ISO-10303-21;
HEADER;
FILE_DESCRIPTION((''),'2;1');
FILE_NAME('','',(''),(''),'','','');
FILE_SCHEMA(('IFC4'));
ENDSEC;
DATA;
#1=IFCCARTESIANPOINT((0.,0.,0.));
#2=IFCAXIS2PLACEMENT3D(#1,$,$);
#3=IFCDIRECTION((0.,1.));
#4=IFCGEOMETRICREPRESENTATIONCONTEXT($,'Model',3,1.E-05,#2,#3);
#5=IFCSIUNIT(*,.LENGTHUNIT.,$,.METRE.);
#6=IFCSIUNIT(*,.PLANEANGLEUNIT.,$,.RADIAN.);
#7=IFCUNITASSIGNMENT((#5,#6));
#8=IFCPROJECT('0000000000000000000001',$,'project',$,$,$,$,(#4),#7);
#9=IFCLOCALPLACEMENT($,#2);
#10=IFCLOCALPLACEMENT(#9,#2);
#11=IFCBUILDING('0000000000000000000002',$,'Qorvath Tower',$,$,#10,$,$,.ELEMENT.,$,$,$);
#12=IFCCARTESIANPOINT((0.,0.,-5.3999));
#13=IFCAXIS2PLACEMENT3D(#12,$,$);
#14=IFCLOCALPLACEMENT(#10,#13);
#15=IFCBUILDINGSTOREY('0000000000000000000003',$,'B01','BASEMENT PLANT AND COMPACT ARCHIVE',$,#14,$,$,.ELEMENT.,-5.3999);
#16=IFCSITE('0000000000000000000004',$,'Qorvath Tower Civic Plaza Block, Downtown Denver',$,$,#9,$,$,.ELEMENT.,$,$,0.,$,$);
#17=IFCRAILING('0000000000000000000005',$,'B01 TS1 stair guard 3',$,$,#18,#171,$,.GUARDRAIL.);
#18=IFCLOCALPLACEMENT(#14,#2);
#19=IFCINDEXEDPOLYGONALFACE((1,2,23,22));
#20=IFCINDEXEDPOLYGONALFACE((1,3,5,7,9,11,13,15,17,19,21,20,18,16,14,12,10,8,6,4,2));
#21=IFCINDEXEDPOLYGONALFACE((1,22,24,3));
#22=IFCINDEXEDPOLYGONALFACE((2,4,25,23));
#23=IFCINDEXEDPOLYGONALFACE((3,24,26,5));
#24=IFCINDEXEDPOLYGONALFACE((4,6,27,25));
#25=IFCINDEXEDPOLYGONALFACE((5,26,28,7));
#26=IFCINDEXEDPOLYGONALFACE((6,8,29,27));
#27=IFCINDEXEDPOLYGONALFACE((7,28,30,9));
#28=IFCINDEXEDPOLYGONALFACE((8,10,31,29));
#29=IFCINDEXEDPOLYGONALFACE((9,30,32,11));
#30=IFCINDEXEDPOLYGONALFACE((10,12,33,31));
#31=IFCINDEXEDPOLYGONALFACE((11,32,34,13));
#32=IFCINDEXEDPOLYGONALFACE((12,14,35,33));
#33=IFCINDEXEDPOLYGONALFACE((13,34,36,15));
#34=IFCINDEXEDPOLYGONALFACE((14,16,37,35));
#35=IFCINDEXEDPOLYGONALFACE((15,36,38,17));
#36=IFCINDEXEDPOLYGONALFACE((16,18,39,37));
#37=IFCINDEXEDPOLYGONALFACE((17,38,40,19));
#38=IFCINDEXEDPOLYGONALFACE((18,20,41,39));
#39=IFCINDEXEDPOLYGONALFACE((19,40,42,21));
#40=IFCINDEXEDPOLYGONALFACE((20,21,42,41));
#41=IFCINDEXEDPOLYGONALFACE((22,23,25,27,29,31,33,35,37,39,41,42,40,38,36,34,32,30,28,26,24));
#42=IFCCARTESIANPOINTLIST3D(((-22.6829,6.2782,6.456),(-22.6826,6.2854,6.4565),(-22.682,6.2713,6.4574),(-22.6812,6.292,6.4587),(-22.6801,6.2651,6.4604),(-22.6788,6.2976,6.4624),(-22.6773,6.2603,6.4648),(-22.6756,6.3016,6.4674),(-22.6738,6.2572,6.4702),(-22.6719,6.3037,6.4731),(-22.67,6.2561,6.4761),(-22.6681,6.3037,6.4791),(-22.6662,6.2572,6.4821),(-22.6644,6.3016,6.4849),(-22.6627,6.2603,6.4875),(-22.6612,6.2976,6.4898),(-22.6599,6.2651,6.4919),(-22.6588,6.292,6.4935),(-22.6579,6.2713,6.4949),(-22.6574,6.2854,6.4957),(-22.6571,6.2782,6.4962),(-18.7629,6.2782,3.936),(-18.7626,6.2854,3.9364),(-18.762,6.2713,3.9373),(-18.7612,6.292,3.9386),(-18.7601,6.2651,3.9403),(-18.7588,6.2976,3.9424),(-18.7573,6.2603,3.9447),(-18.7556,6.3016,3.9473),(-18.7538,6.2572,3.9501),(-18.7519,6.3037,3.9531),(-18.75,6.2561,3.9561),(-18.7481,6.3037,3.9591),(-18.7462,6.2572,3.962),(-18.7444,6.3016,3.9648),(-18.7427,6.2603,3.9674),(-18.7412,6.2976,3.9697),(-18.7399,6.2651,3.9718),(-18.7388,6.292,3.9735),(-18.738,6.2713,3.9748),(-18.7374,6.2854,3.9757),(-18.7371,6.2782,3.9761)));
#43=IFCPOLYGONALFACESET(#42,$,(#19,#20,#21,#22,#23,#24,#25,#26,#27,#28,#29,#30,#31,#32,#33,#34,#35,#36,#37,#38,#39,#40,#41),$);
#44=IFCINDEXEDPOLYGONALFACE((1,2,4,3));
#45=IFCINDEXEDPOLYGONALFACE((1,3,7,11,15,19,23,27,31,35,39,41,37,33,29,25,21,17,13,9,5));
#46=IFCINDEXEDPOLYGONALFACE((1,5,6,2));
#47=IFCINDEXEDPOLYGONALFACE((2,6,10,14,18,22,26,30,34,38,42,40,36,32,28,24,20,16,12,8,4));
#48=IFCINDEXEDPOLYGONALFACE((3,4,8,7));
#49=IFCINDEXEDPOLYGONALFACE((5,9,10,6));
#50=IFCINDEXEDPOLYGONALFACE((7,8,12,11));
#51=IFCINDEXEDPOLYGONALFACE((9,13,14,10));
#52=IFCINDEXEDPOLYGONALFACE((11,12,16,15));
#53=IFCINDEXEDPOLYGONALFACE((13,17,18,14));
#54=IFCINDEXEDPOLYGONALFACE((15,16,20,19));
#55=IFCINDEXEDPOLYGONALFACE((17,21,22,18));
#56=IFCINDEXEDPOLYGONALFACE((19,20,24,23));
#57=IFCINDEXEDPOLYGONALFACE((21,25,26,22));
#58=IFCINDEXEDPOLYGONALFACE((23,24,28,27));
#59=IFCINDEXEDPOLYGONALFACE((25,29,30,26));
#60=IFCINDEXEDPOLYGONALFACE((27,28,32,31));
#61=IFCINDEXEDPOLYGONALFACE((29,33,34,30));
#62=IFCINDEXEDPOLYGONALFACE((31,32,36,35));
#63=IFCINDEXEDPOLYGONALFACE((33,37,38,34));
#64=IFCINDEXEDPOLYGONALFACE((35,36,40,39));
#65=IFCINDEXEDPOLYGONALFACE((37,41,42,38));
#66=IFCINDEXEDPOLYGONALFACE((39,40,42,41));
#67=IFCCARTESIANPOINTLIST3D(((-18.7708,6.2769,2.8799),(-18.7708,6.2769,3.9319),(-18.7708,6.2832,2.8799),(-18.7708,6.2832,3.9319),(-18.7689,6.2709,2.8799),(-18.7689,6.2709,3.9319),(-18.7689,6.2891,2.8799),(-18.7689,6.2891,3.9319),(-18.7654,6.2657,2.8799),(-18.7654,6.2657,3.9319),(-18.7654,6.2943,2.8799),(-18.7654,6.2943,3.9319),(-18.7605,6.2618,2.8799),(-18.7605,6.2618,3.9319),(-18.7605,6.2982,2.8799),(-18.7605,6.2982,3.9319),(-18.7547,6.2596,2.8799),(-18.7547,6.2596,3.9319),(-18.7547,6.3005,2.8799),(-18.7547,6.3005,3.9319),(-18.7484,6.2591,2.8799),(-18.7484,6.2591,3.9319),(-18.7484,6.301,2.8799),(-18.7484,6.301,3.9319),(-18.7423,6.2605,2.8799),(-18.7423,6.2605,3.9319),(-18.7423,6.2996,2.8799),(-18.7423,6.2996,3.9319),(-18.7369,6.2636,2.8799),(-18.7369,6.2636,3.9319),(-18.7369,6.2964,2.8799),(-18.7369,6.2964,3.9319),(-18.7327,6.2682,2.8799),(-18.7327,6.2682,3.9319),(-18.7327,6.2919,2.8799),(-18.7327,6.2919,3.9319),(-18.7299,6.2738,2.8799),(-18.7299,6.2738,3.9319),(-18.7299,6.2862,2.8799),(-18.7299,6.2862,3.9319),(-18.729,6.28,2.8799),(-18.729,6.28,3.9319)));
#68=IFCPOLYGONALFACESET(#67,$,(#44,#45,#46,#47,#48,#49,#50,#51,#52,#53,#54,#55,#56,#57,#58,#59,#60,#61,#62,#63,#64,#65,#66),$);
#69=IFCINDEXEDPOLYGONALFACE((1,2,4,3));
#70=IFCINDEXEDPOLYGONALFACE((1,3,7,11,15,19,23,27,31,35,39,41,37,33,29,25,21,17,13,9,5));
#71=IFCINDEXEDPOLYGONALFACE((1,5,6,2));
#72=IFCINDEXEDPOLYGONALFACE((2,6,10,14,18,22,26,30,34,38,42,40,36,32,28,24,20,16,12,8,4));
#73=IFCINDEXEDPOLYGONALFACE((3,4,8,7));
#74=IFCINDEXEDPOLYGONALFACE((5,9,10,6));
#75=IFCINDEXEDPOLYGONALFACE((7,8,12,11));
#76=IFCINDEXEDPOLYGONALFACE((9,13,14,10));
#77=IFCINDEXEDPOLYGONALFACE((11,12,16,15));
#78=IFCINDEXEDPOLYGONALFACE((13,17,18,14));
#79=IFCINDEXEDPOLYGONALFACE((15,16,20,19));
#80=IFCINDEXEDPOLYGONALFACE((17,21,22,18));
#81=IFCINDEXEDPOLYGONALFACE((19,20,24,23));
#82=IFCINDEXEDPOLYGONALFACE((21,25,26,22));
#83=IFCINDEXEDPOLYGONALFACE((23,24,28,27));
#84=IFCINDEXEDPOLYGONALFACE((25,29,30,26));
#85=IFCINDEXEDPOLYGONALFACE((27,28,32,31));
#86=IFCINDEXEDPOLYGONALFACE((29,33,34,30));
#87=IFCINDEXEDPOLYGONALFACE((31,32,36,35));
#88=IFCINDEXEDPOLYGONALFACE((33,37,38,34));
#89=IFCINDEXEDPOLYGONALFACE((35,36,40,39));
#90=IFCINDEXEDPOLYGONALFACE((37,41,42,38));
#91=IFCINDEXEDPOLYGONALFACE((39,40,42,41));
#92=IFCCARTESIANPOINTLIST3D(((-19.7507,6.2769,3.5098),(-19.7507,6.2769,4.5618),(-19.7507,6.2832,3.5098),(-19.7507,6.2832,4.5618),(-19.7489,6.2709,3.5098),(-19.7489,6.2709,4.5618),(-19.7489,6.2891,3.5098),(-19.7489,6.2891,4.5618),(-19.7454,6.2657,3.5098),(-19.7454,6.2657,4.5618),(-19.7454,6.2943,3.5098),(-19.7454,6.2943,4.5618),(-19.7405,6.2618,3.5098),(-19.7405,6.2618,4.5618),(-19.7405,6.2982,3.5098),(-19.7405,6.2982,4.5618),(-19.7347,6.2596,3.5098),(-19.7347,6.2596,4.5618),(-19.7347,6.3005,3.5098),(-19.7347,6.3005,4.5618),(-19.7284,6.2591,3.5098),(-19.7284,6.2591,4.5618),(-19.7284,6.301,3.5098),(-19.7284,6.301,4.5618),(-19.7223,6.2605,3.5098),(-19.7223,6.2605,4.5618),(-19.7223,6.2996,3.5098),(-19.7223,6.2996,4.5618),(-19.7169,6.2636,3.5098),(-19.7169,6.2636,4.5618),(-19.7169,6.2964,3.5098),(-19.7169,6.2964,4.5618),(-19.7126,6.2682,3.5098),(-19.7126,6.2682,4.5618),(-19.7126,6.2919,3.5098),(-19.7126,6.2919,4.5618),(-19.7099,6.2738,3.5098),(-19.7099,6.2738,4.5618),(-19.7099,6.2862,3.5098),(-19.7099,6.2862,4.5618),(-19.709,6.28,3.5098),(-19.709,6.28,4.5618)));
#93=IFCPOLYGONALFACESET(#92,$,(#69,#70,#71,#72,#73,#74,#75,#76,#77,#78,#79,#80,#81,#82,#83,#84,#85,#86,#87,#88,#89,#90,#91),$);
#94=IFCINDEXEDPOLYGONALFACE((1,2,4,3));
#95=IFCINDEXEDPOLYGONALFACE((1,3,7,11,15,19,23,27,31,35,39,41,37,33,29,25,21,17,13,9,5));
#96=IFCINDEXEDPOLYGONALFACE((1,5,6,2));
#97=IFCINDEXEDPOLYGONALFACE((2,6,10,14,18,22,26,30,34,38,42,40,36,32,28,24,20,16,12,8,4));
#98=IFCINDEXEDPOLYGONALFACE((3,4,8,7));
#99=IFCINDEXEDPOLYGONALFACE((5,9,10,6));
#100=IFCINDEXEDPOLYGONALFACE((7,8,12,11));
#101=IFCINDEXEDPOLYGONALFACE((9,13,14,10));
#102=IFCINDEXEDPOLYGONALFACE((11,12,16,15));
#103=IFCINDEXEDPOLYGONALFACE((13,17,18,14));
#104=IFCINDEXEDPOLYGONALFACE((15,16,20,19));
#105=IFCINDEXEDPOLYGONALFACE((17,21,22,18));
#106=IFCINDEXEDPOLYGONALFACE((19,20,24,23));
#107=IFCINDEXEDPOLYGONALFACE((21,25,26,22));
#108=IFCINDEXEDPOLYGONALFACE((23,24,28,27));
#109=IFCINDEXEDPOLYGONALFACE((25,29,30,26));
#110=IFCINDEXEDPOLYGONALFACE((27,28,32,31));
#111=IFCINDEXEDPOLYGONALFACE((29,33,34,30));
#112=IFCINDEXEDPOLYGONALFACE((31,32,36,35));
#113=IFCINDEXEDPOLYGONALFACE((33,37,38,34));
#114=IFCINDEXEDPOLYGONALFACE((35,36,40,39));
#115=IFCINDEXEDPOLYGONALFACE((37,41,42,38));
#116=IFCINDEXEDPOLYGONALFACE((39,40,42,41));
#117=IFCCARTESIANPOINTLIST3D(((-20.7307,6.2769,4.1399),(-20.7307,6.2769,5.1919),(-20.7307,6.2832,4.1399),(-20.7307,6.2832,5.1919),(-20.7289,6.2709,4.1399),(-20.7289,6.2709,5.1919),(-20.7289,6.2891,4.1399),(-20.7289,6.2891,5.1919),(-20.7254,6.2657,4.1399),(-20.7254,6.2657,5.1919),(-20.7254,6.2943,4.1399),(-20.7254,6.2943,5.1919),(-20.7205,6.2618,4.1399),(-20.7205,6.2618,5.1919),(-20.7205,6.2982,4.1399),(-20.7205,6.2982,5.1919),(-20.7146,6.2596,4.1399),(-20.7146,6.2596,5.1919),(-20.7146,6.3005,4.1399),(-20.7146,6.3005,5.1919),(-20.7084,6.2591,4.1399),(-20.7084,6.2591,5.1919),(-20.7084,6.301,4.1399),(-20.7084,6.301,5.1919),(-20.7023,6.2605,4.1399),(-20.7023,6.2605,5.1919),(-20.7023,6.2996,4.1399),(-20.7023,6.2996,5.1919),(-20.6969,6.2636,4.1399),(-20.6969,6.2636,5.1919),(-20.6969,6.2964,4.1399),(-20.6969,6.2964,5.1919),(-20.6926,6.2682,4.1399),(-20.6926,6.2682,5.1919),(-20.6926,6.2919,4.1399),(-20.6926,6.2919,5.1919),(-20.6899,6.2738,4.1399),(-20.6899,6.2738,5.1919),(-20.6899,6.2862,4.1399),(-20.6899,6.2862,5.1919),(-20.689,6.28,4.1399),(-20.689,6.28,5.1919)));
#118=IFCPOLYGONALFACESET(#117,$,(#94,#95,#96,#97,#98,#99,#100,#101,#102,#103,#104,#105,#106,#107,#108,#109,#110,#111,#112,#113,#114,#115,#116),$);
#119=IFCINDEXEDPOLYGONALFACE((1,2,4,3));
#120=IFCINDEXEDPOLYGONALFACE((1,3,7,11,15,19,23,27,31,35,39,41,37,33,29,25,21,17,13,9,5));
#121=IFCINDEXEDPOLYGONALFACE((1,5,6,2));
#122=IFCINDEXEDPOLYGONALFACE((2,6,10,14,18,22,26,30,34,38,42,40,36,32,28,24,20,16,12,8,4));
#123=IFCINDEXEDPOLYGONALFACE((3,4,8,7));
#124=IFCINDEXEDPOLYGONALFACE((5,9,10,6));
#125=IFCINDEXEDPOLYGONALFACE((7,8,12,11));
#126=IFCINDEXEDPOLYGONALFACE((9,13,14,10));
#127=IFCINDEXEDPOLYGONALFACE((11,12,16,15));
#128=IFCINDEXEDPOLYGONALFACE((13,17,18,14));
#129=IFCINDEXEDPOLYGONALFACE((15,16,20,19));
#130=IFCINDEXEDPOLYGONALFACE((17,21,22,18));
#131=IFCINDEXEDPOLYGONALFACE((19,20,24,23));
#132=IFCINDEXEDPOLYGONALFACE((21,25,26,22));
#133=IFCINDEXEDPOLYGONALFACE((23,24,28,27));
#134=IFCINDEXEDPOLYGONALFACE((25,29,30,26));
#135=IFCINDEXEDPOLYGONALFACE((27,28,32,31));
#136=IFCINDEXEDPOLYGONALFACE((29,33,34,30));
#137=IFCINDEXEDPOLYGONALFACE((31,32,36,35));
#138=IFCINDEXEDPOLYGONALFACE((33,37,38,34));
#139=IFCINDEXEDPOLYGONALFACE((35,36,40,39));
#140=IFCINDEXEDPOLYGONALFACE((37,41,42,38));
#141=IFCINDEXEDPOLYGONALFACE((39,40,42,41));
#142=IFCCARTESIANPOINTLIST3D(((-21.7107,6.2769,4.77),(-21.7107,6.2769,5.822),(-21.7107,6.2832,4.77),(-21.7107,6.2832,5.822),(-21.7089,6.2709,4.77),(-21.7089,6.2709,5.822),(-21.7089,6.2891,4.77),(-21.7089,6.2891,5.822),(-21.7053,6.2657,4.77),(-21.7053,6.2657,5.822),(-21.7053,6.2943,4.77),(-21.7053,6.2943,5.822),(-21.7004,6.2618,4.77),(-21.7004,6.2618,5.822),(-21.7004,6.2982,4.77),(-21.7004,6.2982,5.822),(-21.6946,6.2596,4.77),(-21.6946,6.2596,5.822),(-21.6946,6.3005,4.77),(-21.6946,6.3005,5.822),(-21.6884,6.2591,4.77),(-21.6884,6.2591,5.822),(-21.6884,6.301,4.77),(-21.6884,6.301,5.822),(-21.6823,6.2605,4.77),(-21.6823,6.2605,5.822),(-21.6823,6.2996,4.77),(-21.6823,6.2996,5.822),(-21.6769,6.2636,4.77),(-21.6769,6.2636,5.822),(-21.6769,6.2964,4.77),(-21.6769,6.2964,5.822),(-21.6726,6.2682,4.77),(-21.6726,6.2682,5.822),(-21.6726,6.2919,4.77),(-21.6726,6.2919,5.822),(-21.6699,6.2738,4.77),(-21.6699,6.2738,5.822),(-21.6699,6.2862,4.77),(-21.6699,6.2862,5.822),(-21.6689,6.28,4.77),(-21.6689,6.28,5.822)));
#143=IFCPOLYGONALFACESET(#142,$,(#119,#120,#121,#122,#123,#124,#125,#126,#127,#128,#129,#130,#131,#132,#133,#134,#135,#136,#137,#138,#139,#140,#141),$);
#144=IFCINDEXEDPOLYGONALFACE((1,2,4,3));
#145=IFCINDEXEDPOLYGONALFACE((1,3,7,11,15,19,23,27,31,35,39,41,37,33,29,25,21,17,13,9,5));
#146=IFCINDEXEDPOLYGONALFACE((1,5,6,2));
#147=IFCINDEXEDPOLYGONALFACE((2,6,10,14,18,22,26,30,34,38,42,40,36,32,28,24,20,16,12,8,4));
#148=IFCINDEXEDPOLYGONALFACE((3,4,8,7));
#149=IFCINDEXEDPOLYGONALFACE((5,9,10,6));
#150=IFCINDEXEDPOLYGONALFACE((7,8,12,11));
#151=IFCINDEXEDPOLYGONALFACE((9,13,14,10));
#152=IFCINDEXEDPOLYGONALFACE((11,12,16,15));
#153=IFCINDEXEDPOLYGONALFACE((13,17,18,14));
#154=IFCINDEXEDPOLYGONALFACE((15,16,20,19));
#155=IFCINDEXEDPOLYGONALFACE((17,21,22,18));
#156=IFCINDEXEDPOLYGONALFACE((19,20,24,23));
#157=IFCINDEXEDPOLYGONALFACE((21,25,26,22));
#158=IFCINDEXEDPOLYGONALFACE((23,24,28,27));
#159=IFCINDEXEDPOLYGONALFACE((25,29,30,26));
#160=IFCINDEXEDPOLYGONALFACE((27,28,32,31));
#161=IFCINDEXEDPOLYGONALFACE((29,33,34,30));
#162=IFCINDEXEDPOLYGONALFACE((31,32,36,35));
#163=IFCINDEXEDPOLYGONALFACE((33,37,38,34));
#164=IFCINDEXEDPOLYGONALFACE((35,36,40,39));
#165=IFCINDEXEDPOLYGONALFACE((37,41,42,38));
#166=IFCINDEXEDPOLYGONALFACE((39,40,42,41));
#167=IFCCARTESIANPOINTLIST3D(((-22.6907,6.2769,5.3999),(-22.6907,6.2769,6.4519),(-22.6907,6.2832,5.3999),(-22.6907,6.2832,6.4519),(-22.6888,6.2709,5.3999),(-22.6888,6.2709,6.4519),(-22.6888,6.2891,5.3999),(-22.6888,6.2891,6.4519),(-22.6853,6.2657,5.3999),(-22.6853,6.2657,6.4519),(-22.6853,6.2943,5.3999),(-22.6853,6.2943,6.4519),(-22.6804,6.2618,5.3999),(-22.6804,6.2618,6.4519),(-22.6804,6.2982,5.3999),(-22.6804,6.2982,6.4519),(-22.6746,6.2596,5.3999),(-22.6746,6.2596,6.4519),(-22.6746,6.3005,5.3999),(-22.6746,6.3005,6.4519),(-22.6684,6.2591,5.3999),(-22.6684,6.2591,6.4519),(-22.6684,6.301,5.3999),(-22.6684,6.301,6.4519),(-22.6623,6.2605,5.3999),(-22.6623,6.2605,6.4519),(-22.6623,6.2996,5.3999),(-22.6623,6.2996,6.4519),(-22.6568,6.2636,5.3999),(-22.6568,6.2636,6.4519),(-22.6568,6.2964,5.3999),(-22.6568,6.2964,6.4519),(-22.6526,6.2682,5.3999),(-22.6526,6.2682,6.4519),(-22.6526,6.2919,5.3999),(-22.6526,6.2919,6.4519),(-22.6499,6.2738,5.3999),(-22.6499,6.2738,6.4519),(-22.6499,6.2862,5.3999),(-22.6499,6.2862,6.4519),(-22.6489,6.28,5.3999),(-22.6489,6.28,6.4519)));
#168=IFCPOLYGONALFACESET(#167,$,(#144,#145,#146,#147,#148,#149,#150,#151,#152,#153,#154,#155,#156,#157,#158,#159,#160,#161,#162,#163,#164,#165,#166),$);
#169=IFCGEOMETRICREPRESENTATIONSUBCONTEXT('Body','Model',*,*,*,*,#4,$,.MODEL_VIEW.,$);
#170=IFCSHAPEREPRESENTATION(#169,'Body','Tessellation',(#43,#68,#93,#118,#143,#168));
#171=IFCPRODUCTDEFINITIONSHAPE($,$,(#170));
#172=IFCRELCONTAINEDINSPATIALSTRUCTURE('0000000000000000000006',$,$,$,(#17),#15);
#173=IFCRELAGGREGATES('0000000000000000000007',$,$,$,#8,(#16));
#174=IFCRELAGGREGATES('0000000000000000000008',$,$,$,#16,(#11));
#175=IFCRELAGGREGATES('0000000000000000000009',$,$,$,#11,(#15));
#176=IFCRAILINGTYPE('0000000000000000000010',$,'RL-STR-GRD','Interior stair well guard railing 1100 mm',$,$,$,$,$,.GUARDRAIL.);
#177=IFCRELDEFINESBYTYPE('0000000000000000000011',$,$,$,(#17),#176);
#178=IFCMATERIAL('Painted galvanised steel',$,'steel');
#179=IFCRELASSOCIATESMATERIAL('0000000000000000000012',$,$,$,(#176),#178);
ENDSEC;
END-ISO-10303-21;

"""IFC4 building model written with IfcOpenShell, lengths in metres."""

from ifc_helpers import new_model, si_unit, direction, frame, origin, origin_2d, place, context, subcontext, project, spatial, circle, extrude, material, type_object, element, save


model = new_model("IFC4")

# Units and contexts
model_context = context("Model", 3, precision=1e-05, world=origin(), true_north=direction((0.0, 1.0)))
body_context = subcontext(model_context, "Body", "Model", "MODEL_VIEW")
ifc_project = project(units=[si_unit("LENGTHUNIT", "METRE"), si_unit("PLANEANGLEUNIT", "RADIAN")], contexts=[model_context])

# Site, building, storey
site_placement = place(None, origin())
site = spatial("IfcSite", under=ifc_project, at=site_placement, Name="Qorvath Tower Civic Plaza Block, Downtown Denver", CompositionType="ELEMENT", RefElevation=0.0)
building_placement = place(site_placement, origin())
building = spatial("IfcBuilding", under=site, at=building_placement, Name="Qorvath Tower", CompositionType="ELEMENT")
storey_placement = place(building_placement, frame((0.0, 0.0, -5.3999)))
storey = spatial("IfcBuildingStorey", under=building, at=storey_placement, Name="B01", Description="BASEMENT PLANT AND COMPACT ARCHIVE", CompositionType="ELEMENT", Elevation=-5.3999)

# Railing
ifc_material_1 = material(Name="Painted galvanised steel", Category="steel")
railing_type_1 = type_object("IfcRailingType", Name="RL-STR-GRD", Description="Interior stair well guard railing 1100 mm", PredefinedType="GUARDRAIL", material=ifc_material_1)
railing_1_placement = place(storey_placement, frame((-18.75, 6.28, 2.8799)))
element("IfcRailing", 1, at=railing_1_placement, inside=storey, type_object=railing_type_1, Name="B01 TS1 stair guard 3", PredefinedType="GUARDRAIL", context=body_context, shape_type="SweptSolid", body=[
    extrude(circle(Radius=0.0239, at=origin_2d()), frame((0.0, 0.0, 1.0762), z_axis=(-0.841172, 0.0, 0.540768), x_axis=(0.0, -1.0, 0.0)), (0.0, 0.0, 1.0), 4.6602),
    extrude(circle(Radius=0.021, at=origin_2d()), origin(), (0.0, 0.0, 1.0), 1.052),
    extrude(circle(Radius=0.021, at=origin_2d()), frame((-0.98, 0.0, 0.6299)), (0.0, 0.0, 1.0), 1.052),
    extrude(circle(Radius=0.021, at=origin_2d()), frame((-1.96, 0.0, 1.26)), (0.0, 0.0, 1.0), 1.052),
    extrude(circle(Radius=0.021, at=origin_2d()), frame((-2.9399, 0.0, 1.8901)), (0.0, 0.0, 1.0), 1.052),
    extrude(circle(Radius=0.021, at=origin_2d()), frame((-3.9199, 0.0, 2.52)), (0.0, 0.0, 1.0), 1.052),
])

save(model, "model.ifc")
